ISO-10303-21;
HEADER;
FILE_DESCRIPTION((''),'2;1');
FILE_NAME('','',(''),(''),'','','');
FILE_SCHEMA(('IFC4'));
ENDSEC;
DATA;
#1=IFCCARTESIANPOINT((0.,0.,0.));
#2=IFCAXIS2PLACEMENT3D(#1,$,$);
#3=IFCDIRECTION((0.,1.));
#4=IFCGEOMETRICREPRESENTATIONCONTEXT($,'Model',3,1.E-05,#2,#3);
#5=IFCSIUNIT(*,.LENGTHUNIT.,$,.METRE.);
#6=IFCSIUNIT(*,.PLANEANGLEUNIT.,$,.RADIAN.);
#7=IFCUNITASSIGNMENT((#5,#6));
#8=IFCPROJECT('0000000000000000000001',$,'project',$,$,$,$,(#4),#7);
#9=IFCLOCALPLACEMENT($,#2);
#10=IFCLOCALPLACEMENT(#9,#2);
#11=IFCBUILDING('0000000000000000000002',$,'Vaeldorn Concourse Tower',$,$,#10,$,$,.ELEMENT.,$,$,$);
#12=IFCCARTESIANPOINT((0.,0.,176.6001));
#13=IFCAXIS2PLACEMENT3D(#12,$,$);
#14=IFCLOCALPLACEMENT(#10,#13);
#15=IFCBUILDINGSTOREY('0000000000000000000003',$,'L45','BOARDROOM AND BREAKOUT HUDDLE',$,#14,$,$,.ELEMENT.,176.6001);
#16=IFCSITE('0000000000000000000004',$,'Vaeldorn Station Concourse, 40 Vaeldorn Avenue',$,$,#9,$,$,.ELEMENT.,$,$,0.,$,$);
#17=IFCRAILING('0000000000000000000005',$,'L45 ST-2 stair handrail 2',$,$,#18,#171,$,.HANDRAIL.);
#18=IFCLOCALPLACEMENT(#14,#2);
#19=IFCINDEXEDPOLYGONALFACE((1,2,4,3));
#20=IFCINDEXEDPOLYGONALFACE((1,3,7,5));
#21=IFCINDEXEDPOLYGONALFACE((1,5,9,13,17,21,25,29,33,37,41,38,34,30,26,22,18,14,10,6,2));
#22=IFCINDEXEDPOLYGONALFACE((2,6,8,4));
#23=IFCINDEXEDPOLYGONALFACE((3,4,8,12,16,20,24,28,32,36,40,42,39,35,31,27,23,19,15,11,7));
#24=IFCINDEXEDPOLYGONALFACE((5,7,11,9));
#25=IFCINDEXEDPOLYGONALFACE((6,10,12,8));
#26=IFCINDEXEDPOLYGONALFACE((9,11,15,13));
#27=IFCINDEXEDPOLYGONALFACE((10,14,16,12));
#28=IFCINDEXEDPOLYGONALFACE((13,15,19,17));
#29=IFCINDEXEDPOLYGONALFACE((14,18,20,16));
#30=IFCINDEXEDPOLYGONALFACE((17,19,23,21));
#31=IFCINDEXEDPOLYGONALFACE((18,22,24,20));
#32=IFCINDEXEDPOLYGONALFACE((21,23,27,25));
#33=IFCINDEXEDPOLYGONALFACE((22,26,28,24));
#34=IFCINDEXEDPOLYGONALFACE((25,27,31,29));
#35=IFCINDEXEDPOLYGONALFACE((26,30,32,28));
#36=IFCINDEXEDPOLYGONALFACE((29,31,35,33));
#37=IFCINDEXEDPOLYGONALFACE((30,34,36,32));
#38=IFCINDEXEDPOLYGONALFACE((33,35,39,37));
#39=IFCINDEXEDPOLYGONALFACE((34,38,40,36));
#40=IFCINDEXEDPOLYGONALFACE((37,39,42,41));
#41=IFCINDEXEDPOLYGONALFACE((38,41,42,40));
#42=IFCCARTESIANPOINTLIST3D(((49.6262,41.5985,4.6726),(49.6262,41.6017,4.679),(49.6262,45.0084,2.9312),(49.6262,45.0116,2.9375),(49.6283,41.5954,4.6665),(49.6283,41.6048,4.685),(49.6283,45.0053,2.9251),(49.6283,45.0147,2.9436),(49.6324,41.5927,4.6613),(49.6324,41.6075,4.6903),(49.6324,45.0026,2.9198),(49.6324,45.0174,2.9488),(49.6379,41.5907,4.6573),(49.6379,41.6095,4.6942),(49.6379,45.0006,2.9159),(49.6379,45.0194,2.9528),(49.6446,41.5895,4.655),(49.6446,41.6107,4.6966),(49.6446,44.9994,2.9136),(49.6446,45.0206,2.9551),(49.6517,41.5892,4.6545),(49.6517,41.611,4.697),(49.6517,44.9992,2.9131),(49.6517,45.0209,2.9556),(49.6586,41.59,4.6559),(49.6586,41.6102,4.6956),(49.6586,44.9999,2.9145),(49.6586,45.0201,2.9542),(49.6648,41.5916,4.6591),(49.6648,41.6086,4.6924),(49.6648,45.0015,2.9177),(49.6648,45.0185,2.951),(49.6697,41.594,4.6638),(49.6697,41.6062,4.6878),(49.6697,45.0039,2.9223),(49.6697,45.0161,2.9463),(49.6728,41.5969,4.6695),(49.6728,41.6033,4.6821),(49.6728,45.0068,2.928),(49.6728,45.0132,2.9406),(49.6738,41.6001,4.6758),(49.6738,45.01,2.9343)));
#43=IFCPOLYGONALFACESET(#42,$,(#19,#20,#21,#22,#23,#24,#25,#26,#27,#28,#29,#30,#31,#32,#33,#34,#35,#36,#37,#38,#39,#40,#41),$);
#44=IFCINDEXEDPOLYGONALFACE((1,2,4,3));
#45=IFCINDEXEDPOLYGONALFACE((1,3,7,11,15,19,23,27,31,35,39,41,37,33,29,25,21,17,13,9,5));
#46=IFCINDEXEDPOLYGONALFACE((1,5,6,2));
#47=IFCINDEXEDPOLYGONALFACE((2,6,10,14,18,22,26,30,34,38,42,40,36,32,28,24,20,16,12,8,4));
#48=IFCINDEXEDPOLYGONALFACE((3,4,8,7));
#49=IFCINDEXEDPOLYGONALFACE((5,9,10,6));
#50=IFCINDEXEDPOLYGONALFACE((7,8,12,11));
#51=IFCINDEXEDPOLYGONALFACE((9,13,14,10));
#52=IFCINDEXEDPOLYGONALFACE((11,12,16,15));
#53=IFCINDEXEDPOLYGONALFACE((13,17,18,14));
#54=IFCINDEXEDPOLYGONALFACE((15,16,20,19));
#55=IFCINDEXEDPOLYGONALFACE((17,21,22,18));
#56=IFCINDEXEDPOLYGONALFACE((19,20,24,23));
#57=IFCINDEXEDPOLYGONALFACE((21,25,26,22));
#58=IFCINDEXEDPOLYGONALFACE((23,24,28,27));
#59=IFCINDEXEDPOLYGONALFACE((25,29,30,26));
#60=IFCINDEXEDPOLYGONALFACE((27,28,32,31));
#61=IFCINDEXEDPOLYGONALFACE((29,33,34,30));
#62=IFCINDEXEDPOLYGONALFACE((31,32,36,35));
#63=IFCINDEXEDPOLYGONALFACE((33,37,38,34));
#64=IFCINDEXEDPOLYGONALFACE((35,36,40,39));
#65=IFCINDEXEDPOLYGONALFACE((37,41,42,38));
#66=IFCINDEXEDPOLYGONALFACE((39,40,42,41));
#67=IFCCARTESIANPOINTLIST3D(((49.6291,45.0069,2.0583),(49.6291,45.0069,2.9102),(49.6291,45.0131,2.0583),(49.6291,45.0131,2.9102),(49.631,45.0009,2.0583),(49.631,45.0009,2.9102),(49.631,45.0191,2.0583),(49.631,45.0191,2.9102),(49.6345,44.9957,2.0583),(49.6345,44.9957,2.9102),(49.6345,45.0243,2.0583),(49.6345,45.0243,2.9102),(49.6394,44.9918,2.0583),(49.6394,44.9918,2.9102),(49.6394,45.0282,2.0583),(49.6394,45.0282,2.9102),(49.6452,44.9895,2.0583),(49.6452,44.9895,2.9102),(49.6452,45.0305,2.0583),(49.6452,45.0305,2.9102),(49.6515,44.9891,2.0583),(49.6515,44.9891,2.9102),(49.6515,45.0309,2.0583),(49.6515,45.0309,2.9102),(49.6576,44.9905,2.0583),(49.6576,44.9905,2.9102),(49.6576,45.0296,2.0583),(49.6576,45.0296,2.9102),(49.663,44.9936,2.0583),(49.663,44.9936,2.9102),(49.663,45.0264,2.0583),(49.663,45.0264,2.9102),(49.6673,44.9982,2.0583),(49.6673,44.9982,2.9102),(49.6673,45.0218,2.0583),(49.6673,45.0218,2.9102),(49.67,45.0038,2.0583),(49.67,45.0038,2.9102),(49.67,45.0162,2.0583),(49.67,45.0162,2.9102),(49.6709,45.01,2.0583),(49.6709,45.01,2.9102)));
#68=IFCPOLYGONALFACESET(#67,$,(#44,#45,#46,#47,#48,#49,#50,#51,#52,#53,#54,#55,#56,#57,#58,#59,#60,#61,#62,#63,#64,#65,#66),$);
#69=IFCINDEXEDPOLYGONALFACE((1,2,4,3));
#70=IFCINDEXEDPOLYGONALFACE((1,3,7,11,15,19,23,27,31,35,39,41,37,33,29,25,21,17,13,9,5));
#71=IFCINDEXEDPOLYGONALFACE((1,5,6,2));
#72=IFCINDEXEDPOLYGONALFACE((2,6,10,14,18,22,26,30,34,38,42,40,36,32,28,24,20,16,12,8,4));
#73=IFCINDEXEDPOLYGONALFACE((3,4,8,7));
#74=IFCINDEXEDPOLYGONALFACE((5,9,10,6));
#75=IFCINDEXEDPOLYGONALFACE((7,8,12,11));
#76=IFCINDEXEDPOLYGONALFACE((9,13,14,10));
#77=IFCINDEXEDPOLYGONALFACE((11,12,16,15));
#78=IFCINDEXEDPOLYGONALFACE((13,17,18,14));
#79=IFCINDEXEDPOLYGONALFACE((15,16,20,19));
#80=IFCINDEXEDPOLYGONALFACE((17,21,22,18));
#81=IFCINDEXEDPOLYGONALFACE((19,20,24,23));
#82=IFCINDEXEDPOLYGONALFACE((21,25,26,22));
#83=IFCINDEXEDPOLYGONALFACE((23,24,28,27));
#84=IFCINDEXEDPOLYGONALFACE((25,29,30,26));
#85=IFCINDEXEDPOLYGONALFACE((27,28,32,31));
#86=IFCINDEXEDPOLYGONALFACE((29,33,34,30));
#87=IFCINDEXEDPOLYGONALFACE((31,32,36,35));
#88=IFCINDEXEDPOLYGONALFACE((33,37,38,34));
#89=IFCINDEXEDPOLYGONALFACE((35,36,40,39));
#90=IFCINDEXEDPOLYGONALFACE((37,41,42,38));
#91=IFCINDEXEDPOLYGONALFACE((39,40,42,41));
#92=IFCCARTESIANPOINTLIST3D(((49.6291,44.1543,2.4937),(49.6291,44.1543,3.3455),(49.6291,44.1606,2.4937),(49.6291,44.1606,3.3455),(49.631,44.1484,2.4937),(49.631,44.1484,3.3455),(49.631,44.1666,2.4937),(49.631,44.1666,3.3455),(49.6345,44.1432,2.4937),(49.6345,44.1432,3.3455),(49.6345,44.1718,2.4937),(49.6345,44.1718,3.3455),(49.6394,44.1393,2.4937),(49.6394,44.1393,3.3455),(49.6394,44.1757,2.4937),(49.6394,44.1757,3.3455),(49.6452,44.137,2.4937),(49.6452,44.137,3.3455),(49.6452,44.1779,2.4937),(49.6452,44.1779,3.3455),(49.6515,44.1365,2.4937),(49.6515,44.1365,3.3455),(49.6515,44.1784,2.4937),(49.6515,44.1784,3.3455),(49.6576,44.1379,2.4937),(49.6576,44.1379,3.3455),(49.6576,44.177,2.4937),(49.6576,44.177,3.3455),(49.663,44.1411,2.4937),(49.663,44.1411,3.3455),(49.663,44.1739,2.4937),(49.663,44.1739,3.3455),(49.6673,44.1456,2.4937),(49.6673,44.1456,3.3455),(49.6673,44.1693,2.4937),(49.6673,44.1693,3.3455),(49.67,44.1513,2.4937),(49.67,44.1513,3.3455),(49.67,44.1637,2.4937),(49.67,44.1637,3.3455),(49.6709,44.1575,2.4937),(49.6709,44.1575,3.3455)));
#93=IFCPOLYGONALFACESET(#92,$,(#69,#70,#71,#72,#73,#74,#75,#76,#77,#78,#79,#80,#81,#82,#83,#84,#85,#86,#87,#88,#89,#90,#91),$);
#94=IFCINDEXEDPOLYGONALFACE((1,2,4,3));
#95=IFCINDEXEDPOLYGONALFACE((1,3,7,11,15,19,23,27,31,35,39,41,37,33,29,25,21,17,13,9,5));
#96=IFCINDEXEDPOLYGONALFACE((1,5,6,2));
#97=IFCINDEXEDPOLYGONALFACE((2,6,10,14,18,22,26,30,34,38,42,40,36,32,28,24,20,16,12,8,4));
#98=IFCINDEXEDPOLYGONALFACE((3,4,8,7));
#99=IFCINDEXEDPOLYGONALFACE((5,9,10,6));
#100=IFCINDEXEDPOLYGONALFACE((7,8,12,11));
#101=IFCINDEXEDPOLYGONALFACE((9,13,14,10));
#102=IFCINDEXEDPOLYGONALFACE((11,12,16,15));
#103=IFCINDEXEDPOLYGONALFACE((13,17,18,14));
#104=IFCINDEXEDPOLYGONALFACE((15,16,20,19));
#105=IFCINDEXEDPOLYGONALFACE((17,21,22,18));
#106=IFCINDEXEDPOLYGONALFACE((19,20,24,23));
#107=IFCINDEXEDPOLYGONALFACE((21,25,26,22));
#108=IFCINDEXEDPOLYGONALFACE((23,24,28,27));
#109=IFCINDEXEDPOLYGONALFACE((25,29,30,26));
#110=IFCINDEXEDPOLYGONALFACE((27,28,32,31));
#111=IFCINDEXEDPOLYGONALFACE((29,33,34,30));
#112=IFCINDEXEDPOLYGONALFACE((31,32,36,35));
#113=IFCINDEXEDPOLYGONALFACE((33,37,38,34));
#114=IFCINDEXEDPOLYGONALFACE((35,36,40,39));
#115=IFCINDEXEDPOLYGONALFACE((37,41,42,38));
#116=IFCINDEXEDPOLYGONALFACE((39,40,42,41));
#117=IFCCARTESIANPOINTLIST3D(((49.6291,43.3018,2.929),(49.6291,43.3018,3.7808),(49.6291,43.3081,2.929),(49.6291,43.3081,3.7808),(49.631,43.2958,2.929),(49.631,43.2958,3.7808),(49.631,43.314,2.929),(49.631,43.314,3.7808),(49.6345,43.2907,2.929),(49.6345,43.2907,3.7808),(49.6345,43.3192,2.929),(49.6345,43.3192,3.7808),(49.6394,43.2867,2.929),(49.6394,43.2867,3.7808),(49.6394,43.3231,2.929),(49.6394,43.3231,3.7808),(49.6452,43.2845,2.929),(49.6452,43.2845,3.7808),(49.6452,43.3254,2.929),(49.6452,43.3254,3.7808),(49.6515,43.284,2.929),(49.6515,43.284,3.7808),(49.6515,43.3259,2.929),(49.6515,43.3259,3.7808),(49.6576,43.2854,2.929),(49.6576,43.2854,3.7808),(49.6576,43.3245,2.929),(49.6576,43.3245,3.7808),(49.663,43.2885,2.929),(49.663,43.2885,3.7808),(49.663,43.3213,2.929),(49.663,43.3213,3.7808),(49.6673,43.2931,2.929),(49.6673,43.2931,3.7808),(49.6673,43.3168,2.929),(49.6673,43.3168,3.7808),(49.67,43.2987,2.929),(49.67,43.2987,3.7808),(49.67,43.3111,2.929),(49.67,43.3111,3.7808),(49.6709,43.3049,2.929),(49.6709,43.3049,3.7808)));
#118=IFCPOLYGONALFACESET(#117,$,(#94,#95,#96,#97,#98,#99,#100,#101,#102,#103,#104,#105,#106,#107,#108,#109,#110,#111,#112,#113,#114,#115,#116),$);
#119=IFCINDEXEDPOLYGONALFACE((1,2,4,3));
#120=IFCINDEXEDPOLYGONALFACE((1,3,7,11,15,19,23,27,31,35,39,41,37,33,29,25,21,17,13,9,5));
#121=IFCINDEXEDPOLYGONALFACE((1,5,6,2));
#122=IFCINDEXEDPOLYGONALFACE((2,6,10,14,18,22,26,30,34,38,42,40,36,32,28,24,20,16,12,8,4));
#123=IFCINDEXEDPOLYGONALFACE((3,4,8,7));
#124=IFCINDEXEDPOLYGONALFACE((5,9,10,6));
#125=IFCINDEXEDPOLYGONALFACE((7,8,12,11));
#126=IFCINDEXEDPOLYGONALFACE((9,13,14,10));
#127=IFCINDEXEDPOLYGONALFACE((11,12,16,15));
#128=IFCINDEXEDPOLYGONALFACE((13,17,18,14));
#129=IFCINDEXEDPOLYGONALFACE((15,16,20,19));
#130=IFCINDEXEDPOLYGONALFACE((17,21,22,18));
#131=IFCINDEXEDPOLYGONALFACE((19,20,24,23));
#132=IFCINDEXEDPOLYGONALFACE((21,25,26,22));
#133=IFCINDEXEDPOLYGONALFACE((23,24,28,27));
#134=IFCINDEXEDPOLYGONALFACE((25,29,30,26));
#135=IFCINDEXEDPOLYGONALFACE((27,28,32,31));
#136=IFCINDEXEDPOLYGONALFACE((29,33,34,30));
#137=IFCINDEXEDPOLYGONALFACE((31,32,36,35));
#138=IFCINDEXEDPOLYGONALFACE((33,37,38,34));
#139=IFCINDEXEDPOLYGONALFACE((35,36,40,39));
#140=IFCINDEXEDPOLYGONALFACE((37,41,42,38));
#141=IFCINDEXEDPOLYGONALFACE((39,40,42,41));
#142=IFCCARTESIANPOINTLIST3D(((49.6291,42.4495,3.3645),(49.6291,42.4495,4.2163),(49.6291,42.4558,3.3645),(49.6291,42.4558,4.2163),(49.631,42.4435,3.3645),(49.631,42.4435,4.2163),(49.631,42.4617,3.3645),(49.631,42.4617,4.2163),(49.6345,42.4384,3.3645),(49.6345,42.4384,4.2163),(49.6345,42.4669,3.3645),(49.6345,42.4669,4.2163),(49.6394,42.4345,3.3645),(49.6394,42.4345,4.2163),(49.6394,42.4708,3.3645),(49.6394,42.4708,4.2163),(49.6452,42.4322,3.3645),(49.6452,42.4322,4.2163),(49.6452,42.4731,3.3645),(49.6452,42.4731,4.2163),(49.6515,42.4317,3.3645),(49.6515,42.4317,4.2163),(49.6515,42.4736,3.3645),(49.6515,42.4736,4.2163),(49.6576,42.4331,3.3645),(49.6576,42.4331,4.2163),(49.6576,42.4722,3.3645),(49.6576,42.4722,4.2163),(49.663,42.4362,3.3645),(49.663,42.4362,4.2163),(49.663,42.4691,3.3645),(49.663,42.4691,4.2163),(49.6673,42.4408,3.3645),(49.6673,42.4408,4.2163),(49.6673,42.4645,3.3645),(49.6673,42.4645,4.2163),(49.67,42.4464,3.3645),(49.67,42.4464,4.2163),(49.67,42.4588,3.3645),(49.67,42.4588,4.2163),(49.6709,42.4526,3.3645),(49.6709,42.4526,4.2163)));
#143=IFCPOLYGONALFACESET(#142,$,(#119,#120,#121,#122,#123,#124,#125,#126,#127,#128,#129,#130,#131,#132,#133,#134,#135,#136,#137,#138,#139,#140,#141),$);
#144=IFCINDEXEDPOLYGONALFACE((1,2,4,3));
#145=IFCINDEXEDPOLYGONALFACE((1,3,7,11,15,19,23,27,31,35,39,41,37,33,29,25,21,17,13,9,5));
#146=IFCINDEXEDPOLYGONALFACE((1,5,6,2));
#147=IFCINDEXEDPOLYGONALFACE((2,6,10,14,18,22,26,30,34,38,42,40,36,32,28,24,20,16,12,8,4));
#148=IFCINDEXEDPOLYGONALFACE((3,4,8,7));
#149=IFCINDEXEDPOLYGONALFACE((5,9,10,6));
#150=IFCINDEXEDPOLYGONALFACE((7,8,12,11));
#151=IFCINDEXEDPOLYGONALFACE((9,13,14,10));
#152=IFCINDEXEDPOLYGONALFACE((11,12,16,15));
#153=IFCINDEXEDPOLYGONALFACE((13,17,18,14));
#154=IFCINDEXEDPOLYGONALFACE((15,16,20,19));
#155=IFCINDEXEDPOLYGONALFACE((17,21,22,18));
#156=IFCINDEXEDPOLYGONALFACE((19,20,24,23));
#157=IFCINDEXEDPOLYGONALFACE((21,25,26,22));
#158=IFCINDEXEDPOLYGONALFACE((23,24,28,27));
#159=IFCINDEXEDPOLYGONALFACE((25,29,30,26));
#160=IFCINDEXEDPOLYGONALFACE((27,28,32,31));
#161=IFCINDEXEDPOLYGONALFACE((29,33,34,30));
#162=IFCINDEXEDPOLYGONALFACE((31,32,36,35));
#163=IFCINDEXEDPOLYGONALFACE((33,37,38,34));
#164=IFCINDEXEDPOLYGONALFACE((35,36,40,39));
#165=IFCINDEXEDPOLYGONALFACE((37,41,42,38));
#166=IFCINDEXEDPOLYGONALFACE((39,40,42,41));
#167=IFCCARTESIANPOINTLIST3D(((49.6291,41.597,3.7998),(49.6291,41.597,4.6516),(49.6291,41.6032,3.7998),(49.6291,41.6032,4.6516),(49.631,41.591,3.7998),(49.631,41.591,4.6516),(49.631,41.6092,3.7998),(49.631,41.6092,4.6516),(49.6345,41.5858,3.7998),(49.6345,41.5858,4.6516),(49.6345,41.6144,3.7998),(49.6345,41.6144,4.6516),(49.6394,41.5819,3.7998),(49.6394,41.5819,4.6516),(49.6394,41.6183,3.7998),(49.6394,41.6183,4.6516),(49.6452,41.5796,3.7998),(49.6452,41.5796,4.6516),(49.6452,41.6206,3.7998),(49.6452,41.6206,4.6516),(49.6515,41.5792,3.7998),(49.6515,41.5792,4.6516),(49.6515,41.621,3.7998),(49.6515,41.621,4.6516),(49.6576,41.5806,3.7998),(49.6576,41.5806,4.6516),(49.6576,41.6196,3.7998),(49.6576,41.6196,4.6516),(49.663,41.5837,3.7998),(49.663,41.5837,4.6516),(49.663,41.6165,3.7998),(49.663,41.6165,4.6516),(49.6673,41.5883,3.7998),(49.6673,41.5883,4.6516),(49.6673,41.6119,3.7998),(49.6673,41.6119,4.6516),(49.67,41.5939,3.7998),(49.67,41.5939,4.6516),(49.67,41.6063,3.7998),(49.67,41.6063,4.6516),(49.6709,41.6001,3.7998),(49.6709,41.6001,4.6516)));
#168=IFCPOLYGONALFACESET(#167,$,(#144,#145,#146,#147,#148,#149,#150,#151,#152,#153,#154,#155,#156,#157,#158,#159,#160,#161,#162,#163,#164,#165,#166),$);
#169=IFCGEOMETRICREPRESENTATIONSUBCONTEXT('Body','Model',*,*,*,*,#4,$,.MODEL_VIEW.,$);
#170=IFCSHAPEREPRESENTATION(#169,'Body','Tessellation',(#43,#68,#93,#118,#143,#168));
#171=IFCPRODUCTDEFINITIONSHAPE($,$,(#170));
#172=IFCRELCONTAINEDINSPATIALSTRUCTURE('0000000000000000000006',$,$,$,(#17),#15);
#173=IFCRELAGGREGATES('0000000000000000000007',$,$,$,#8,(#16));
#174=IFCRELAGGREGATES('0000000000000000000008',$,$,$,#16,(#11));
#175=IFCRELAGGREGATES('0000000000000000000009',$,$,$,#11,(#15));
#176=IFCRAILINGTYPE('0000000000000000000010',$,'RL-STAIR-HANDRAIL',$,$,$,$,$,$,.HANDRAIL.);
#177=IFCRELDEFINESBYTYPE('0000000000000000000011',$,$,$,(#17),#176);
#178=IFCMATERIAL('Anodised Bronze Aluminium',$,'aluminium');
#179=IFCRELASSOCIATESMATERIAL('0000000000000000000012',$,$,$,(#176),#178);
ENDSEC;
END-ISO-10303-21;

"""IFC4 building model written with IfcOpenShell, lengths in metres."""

from ifc_helpers import new_model, si_unit, direction, frame, origin, origin_2d, place, context, subcontext, project, spatial, circle, extrude, material, type_object, element, save


model = new_model("IFC4")

# Units and contexts
model_context = context("Model", 3, precision=1e-05, world=origin(), true_north=direction((0.0, 1.0)))
body_context = subcontext(model_context, "Body", "Model", "MODEL_VIEW")
ifc_project = project(units=[si_unit("LENGTHUNIT", "METRE"), si_unit("PLANEANGLEUNIT", "RADIAN")], contexts=[model_context])

# Site, building, storey
site_placement = place(None, origin())
site = spatial("IfcSite", under=ifc_project, at=site_placement, Name="Vaeldorn Station Concourse, 40 Vaeldorn Avenue", CompositionType="ELEMENT", RefElevation=0.0)
building_placement = place(site_placement, origin())
building = spatial("IfcBuilding", under=site, at=building_placement, Name="Vaeldorn Concourse Tower", CompositionType="ELEMENT")
storey_placement = place(building_placement, frame((0.0, 0.0, 176.6001)))
storey = spatial("IfcBuildingStorey", under=building, at=storey_placement, Name="L45", Description="BOARDROOM AND BREAKOUT HUDDLE", CompositionType="ELEMENT", Elevation=176.6001)

# Shared definitions
ifc_material_1 = material(Name="Anodised Bronze Aluminium", Category="aluminium")

# Railing
railing_type_1 = type_object("IfcRailingType", Name="RL-STAIR-HANDRAIL", PredefinedType="HANDRAIL", material=ifc_material_1)
railing_1_placement = place(storey_placement, frame((49.6499, 45.01, 2.0583)))
element("IfcRailing", 1, at=railing_1_placement, inside=storey, type_object=railing_type_1, Name="L45 ST-2 stair handrail 2", PredefinedType="HANDRAIL", context=body_context, shape_type="SweptSolid", body=[
    extrude(circle(Radius=0.0239, at=origin_2d()), frame((0.0, 0.0, 0.876), z_axis=(0.0, -0.890582, 0.454823), x_axis=(1.0, 0.0, 0.0)), (0.0, 0.0, 1.0), 3.8289),
    extrude(circle(Radius=0.021, at=origin_2d()), origin(), (0.0, 0.0, 1.0), 0.8518),
    extrude(circle(Radius=0.021, at=origin_2d()), frame((0.0, -0.8525, 0.4353)), (0.0, 0.0, 1.0), 0.8518),
    extrude(circle(Radius=0.021, at=origin_2d()), frame((0.0, -1.7051, 0.8706)), (0.0, 0.0, 1.0), 0.8518),
    extrude(circle(Radius=0.021, at=origin_2d()), frame((0.0, -2.5574, 1.3062)), (0.0, 0.0, 1.0), 0.8518),
    extrude(circle(Radius=0.021, at=origin_2d()), frame((0.0, -3.4099, 1.7415)), (0.0, 0.0, 1.0), 0.8518),
])

save(model, "model.ifc")
